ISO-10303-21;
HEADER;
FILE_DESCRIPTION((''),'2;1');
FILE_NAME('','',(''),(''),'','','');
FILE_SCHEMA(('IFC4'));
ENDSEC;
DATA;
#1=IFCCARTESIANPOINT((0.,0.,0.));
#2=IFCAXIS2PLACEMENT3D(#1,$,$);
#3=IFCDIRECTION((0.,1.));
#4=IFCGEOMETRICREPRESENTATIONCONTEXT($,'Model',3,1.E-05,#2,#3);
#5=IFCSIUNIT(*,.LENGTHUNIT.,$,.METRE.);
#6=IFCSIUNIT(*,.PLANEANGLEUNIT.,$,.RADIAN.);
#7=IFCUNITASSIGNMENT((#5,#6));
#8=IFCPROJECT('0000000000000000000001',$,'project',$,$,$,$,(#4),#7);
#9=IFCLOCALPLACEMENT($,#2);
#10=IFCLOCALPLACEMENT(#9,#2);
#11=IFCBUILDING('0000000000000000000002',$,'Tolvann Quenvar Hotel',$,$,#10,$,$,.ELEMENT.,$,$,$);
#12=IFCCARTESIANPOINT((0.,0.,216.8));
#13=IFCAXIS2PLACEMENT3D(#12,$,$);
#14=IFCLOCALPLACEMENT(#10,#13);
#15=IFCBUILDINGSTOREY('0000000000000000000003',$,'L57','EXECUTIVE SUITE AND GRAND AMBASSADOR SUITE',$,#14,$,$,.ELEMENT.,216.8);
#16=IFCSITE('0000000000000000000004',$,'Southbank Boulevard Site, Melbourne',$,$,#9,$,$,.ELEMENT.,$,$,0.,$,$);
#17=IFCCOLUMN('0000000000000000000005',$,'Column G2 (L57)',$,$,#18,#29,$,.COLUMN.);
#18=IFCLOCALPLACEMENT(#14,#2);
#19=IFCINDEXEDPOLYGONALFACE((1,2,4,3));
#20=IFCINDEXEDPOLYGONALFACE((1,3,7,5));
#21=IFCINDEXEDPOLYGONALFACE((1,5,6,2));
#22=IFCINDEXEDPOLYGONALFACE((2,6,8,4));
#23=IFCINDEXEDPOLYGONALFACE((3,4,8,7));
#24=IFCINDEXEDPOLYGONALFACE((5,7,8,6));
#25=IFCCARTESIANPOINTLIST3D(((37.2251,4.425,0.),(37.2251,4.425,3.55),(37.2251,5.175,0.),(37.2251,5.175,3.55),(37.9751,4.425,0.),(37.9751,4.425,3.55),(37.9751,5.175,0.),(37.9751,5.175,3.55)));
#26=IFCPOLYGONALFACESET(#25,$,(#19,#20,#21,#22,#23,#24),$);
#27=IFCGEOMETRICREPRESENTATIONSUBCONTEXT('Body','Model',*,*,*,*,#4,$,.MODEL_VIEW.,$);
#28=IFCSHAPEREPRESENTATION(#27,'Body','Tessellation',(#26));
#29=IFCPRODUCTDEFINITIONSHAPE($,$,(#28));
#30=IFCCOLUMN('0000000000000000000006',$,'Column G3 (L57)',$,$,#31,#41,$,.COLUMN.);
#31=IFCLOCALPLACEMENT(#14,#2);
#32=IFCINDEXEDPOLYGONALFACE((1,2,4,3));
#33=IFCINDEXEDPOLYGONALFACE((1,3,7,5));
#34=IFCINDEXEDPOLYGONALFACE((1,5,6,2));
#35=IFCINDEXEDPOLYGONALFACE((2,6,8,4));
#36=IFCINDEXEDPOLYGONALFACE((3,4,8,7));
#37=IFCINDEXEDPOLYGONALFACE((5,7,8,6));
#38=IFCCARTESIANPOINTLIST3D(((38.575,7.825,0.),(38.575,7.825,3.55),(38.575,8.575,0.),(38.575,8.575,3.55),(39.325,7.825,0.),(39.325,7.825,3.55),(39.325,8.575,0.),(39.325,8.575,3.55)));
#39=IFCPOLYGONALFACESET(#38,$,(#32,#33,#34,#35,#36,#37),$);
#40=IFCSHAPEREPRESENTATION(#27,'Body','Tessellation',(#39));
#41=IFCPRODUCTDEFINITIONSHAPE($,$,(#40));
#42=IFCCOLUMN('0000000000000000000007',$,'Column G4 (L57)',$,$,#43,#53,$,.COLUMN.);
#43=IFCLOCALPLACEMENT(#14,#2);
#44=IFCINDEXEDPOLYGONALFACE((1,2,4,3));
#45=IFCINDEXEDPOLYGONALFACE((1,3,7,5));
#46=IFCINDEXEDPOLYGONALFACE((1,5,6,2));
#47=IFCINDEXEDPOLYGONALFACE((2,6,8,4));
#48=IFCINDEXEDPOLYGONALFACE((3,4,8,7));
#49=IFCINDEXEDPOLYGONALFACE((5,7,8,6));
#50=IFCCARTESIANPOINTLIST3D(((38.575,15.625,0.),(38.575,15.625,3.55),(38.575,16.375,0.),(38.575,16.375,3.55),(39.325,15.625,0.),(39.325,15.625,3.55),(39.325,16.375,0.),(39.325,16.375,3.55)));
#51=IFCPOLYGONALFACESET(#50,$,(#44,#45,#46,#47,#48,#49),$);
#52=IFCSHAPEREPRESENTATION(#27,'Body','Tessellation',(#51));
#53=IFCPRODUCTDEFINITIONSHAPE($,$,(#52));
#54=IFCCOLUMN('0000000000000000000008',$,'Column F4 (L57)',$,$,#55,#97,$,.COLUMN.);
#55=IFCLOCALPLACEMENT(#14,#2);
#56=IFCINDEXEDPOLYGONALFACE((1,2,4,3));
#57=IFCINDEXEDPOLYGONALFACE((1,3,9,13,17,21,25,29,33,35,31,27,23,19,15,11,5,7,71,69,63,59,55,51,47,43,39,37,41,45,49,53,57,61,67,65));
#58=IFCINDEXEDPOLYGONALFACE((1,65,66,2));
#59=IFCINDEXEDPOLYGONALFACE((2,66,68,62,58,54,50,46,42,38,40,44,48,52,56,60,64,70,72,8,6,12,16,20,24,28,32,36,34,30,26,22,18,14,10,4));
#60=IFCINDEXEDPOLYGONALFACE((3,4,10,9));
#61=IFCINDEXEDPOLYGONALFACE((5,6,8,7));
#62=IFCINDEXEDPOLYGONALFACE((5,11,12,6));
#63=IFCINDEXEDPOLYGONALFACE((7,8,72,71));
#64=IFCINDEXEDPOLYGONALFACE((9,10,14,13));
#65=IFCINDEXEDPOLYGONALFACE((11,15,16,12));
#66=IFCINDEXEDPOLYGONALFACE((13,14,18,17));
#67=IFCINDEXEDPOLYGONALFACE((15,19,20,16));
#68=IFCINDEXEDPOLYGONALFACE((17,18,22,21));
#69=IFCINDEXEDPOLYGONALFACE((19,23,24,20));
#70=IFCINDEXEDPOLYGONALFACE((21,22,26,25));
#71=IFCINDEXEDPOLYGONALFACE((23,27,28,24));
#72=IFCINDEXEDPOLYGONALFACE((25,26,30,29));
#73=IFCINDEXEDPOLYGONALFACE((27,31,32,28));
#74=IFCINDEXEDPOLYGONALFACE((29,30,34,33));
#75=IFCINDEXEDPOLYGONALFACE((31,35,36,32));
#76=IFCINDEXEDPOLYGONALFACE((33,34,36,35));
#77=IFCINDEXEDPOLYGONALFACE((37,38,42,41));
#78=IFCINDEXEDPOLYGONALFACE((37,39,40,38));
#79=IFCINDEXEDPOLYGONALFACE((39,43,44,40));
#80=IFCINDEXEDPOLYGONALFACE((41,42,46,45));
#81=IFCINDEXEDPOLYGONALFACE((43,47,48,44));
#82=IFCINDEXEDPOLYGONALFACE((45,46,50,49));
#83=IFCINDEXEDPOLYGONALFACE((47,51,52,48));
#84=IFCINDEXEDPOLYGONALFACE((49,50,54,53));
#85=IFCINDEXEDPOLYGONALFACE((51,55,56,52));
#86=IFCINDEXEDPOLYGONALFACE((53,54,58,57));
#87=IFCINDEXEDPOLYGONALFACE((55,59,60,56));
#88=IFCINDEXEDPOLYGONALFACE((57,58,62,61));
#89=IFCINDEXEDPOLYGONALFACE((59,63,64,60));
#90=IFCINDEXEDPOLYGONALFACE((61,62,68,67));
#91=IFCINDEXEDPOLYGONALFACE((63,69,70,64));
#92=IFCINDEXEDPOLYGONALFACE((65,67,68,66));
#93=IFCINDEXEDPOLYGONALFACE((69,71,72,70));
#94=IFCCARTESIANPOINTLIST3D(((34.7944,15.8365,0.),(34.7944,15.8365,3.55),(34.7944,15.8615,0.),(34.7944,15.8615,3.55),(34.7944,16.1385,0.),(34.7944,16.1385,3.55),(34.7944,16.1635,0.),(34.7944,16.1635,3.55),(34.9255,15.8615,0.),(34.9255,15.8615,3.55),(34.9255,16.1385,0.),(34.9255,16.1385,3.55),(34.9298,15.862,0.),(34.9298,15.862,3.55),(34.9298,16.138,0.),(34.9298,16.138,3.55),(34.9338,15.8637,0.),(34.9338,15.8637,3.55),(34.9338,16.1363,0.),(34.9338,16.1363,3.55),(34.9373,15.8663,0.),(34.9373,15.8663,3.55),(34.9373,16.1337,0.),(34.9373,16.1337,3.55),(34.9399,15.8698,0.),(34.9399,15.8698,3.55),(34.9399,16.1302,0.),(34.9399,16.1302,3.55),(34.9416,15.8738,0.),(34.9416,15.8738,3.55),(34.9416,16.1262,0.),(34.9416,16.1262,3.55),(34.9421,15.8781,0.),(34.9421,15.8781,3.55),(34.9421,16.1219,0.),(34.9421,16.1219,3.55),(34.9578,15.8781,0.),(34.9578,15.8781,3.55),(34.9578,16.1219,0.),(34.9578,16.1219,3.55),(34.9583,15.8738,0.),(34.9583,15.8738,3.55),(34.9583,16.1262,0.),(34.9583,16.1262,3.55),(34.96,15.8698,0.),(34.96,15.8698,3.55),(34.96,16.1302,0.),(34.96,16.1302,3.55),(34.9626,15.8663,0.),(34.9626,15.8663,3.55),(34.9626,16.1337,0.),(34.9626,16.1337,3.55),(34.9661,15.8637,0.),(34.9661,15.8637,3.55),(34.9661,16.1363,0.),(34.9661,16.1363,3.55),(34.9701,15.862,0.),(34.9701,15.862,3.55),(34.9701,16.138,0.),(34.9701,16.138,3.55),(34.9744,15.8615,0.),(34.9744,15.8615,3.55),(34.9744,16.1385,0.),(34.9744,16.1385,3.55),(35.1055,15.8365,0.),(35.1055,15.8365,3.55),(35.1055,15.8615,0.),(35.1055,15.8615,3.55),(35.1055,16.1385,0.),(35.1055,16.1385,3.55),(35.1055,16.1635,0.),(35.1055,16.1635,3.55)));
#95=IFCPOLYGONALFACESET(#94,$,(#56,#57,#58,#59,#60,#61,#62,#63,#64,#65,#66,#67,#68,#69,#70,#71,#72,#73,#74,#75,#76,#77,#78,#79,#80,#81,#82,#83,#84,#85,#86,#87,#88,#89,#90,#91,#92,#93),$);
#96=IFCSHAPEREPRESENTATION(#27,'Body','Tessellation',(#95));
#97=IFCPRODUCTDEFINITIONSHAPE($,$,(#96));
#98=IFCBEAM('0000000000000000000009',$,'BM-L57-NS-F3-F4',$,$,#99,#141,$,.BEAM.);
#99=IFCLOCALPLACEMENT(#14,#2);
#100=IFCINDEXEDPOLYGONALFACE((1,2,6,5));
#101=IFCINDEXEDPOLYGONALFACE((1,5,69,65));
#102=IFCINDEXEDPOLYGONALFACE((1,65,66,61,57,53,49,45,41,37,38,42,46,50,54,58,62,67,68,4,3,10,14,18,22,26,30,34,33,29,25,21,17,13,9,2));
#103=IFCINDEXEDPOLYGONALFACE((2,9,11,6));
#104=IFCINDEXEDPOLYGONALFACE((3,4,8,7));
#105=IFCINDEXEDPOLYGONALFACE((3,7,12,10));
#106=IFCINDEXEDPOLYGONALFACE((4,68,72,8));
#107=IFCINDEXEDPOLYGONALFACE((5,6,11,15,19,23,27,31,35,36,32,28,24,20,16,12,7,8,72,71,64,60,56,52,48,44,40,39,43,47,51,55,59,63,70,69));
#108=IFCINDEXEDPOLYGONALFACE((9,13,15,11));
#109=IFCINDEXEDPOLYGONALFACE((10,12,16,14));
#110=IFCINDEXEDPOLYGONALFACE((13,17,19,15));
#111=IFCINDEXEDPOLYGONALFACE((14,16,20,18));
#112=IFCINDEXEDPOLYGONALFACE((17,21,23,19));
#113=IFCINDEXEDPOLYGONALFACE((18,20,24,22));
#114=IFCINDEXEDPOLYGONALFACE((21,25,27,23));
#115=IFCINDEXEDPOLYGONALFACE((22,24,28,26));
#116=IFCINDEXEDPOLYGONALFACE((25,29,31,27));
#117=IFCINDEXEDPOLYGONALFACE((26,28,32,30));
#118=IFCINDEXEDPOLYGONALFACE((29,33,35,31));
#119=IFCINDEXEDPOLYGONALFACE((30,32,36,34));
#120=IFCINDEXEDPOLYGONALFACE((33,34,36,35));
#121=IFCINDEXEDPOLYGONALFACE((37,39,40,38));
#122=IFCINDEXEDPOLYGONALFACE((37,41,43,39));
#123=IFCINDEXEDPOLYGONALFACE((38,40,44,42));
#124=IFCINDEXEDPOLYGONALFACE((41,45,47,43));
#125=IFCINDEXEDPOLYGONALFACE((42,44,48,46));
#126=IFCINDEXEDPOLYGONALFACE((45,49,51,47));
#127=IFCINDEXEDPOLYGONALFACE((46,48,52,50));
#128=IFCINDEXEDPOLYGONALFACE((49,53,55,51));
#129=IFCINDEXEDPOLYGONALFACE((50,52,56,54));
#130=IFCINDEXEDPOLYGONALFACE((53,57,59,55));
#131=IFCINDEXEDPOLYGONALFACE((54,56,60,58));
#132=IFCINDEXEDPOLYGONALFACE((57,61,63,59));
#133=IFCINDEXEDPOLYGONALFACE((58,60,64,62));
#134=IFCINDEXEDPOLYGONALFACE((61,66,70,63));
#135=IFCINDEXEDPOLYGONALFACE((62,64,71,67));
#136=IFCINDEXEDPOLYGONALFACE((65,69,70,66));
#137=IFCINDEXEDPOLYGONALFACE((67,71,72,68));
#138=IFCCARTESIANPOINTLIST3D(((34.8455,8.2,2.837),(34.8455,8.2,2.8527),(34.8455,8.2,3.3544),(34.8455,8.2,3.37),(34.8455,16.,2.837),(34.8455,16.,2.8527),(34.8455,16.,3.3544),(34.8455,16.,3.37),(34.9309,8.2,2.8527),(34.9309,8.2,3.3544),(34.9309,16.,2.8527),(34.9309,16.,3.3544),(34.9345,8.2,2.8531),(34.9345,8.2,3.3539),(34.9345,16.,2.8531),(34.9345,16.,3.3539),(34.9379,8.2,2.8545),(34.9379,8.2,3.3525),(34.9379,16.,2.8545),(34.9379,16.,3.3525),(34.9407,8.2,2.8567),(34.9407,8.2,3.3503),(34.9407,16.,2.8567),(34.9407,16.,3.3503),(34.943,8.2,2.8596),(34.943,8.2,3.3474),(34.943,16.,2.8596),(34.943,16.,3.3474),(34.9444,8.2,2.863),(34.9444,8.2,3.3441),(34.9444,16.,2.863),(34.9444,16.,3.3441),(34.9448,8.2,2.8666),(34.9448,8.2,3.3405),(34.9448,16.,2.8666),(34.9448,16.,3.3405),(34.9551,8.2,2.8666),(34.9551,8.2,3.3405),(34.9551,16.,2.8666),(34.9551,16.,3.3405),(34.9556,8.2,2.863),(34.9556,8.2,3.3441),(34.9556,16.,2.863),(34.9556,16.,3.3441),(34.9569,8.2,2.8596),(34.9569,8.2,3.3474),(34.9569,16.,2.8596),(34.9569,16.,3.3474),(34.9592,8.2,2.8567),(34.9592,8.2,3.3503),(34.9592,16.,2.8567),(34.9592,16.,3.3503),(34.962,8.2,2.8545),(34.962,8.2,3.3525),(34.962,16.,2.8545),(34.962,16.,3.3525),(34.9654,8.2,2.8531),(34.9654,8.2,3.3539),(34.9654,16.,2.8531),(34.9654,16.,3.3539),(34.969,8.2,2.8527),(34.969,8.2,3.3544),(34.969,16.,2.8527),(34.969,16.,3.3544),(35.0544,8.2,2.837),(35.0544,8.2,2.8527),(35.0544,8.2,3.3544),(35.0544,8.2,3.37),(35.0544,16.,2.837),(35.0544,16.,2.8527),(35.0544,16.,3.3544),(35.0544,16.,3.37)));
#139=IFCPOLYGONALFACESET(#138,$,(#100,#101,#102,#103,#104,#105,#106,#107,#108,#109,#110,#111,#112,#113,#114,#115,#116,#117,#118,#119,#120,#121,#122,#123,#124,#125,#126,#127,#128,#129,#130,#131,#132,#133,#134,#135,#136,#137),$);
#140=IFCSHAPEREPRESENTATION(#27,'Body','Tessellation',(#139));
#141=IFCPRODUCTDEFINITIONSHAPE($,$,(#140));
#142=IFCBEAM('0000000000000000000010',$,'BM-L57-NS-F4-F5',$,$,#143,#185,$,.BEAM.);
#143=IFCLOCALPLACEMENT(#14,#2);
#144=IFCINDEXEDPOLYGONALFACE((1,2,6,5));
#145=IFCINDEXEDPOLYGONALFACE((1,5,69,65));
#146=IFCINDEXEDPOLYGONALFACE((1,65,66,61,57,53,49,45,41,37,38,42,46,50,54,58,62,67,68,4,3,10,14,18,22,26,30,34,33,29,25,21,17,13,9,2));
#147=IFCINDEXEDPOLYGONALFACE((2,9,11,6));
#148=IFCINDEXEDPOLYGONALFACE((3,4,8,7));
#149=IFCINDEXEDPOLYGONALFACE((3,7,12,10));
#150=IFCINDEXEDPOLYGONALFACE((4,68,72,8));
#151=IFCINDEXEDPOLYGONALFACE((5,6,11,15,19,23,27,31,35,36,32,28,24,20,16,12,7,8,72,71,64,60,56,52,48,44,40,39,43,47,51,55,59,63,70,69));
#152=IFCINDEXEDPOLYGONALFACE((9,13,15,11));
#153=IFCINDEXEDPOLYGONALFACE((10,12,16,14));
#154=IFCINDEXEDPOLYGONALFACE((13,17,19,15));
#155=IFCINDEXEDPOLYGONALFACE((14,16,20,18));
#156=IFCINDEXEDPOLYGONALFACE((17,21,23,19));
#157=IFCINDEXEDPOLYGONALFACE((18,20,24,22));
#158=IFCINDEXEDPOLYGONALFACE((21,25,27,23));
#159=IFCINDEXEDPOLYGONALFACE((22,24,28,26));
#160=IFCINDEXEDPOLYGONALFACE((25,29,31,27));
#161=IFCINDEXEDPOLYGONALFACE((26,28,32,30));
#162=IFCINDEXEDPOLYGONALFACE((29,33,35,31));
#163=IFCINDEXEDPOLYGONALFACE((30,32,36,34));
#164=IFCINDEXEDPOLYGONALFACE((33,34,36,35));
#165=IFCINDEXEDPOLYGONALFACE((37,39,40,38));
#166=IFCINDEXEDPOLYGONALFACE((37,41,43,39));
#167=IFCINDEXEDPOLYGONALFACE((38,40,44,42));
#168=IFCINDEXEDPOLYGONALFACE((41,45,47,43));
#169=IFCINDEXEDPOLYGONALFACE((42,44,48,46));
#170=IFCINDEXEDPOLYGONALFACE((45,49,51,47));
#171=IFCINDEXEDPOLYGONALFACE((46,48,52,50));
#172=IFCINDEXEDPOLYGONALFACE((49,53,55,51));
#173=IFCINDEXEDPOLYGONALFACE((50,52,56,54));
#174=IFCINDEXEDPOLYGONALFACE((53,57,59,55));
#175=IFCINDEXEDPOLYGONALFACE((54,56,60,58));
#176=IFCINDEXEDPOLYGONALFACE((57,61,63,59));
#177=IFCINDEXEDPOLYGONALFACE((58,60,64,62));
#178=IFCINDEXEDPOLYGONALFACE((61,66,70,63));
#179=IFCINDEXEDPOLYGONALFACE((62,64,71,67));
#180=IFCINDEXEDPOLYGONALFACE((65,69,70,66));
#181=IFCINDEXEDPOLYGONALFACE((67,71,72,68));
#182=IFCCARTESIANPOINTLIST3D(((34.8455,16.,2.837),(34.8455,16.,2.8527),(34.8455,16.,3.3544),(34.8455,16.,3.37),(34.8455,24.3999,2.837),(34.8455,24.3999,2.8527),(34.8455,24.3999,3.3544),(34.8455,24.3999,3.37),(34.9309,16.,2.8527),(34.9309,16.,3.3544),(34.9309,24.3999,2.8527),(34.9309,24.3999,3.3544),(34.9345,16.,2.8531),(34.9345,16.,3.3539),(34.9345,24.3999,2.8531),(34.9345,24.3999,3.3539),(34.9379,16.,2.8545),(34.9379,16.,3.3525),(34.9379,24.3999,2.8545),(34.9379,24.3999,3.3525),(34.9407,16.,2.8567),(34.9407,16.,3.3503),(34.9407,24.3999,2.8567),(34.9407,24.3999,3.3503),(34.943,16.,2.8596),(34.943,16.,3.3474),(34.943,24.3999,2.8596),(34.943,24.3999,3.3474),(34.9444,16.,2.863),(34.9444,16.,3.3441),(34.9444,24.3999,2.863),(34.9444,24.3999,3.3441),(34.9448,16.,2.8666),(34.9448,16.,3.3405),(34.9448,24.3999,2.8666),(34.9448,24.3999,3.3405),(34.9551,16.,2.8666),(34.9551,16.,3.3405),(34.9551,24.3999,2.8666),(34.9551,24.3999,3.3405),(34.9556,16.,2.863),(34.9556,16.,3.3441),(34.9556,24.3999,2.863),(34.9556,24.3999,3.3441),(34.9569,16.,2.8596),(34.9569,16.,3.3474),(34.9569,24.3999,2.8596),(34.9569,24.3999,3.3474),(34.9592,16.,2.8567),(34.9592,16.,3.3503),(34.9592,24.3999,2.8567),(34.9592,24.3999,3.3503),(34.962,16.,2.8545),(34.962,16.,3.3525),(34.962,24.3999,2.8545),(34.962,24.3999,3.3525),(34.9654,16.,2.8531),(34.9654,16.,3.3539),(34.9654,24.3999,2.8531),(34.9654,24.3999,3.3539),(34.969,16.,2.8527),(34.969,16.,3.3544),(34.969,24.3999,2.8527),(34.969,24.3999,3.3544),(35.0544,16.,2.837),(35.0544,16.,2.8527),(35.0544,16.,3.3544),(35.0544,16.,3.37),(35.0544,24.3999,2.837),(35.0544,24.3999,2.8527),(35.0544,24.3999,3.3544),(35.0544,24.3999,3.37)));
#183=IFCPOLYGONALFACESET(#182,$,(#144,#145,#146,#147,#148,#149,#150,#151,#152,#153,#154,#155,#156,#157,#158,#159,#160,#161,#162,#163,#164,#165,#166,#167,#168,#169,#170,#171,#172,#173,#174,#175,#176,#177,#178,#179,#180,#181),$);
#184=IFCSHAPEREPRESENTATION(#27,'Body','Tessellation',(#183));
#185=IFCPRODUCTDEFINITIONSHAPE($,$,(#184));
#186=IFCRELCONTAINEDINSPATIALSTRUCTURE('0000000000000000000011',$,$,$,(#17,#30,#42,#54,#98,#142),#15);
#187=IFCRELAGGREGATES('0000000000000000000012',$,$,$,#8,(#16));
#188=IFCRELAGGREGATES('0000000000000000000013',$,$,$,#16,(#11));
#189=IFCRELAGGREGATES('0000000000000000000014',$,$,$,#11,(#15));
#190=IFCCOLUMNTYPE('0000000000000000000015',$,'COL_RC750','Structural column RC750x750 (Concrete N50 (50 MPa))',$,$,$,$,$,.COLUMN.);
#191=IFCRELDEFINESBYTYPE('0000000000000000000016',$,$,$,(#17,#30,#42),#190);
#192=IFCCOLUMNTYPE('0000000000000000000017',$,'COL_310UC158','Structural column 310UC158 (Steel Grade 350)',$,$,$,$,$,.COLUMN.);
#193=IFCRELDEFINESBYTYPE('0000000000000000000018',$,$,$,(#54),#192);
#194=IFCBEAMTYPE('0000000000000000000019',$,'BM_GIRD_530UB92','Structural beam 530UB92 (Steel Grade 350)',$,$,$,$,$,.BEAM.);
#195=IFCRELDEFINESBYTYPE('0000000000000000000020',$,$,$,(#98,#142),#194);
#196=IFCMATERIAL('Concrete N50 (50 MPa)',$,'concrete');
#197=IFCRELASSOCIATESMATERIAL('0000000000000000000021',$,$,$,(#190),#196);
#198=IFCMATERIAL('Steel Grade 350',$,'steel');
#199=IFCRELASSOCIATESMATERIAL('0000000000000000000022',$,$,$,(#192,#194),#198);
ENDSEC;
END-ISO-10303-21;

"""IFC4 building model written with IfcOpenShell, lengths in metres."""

from ifc_helpers import new_model, si_unit, direction, frame, origin, origin_2d, place, context, subcontext, project, spatial, rectangle, i_section, extrude, source, transform, mapped, material, material_profile, profile_set, type_object, type_shapes, element, save


model = new_model("IFC4")

# Units and contexts
model_context = context("Model", 3, precision=1e-05, world=origin(), true_north=direction((0.0, 1.0)))
body_context = subcontext(model_context, "Body", "Model", "MODEL_VIEW")
ifc_project = project(units=[si_unit("LENGTHUNIT", "METRE"), si_unit("PLANEANGLEUNIT", "RADIAN")], contexts=[model_context])

# Site, building, storey
site_placement = place(None, origin())
site = spatial("IfcSite", under=ifc_project, at=site_placement, Name="Southbank Boulevard Site, Melbourne", CompositionType="ELEMENT", RefElevation=0.0)
building_placement = place(site_placement, origin())
building = spatial("IfcBuilding", under=site, at=building_placement, Name="Tolvann Quenvar Hotel", CompositionType="ELEMENT")
storey_placement = place(building_placement, frame((0.0, 0.0, 216.8)))
storey = spatial("IfcBuildingStorey", under=building, at=storey_placement, Name="L57", Description="EXECUTIVE SUITE AND GRAND AMBASSADOR SUITE", CompositionType="ELEMENT", Elevation=216.8)

# Columns
ifc_material_1 = material(Name="Concrete N50 (50 MPa)", Category="concrete")
ifc_material_profile_1 = material_profile(ifc_material_1, rectangle(XDim=0.75, YDim=0.75, at=origin_2d()), Name="RC750x750")
ifc_profile_set_1 = profile_set([ifc_material_profile_1], Name="Concrete N50 (50 MPa)")
column_type_1 = type_object("IfcColumnType", Name="COL_RC750", Description="Structural column RC750x750 (Concrete N50 (50 MPa))", PredefinedType="COLUMN", material=ifc_profile_set_1)
shared_shape_1 = source(origin(), body_context, "Body", "SweptSolid", [
    extrude(rectangle(XDim=0.75, YDim=0.75, at=origin_2d()), origin(), (0.0, 0.0, 1.0), 3.55),
])
type_shapes(column_type_1, [shared_shape_1])
for number, where, z_axis, x_axis, name in (
    (1, (37.6001, 4.8, 0.0), (0.0, 0.0, 1.0), (1.0, 0.0, 0.0), "Column G2 (L57)"),
    (2, (38.95, 8.2, 0.0), (0.0, 0.0, 1.0), (1.0, 0.0, 0.0), "Column G3 (L57)"),
    (3, (38.95, 16.0, 0.0), (0.0, 0.0, 1.0), (1.0, 0.0, 0.0), "Column G4 (L57)"),
):
    element("IfcColumn", number, at=place(storey_placement, frame(where, z_axis=z_axis, x_axis=x_axis)), inside=storey, type_object=column_type_1, Name=name, PredefinedType="COLUMN", context=body_context, shape_type="MappedRepresentation", body=[
        mapped(shared_shape_1, transform((0.0, 0.0, 0.0), x_axis=(1.0, 0.0, 0.0), y_axis=(0.0, 1.0, 0.0), z_axis=(0.0, 0.0, 1.0), scale=1.0)),
    ])
ifc_material_2 = material(Name="Steel Grade 350", Category="steel")
ifc_material_profile_2 = material_profile(ifc_material_2, i_section(OverallWidth=0.311, OverallDepth=0.3269, WebThickness=0.0156, FlangeThickness=0.0249, FilletRadius=0.0166, at=origin_2d()), Name="310UC158")
ifc_profile_set_2 = profile_set([ifc_material_profile_2], Name="Steel Grade 350")
column_type_2 = type_object("IfcColumnType", Name="COL_310UC158", Description="Structural column 310UC158 (Steel Grade 350)", PredefinedType="COLUMN", material=ifc_profile_set_2)
shared_shape_2 = source(origin(), body_context, "Body", "SweptSolid", [
    extrude(i_section(OverallWidth=0.311, OverallDepth=0.3269, WebThickness=0.0156, FlangeThickness=0.0249, FilletRadius=0.0166, at=origin_2d()), origin(), (0.0, 0.0, 1.0), 3.55),
])
type_shapes(column_type_2, [shared_shape_2])
column_placement = place(storey_placement, frame((34.95, 16.0, 0.0), z_axis=(0.0, 0.0, 1.0), x_axis=(1.0, 0.0, 0.0)))
element("IfcColumn", 4, at=column_placement, inside=storey, type_object=column_type_2, Name="Column F4 (L57)", PredefinedType="COLUMN", context=body_context, shape_type="MappedRepresentation", body=[
    mapped(shared_shape_2, transform((0.0, 0.0, 0.0), x_axis=(1.0, 0.0, 0.0), y_axis=(0.0, 1.0, 0.0), z_axis=(0.0, 0.0, 1.0), scale=1.0)),
])

# Beams
ifc_material_profile_3 = material_profile(ifc_material_2, i_section(OverallWidth=0.209, OverallDepth=0.533, WebThickness=0.0103, FlangeThickness=0.0156, FilletRadius=0.0139, at=origin_2d()), Name="530UB92")
ifc_profile_set_3 = profile_set([ifc_material_profile_3], Name="Steel Grade 350")
beam_type_1 = type_object("IfcBeamType", Name="BM_GIRD_530UB92", Description="Structural beam 530UB92 (Steel Grade 350)", PredefinedType="BEAM", material=ifc_profile_set_3)
shared_shape_3 = source(origin(), body_context, "Body", "SweptSolid", [
    extrude(i_section(OverallWidth=0.209, OverallDepth=0.533, WebThickness=0.0103, FlangeThickness=0.0156, FilletRadius=0.0139, at=origin_2d()), origin(), (0.0, 0.0, 1.0), 7.8),
])
beam_1_placement = place(storey_placement, frame((34.95, 8.2, 3.1035), z_axis=(0.0, 1.0, 0.0), x_axis=(-1.0, 0.0, 0.0)))
element("IfcBeam", 5, at=beam_1_placement, inside=storey, type_object=beam_type_1, Name="BM-L57-NS-F3-F4", PredefinedType="BEAM", context=body_context, shape_type="MappedRepresentation", body=[
    mapped(shared_shape_3, transform((0.0, 0.0, 0.0), x_axis=(1.0, 0.0, 0.0), y_axis=(0.0, 1.0, 0.0), z_axis=(0.0, 0.0, 1.0), scale=1.0)),
])
shared_shape_4 = source(origin(), body_context, "Body", "SweptSolid", [
    extrude(i_section(OverallWidth=0.209, OverallDepth=0.533, WebThickness=0.0103, FlangeThickness=0.0156, FilletRadius=0.0139, at=origin_2d()), origin(), (0.0, 0.0, 1.0), 8.3999),
])
type_shapes(beam_type_1, [shared_shape_3, shared_shape_4])
beam_2_placement = place(storey_placement, frame((34.95, 16.0, 3.1035), z_axis=(0.0, 1.0, 0.0), x_axis=(-1.0, 0.0, 0.0)))
element("IfcBeam", 6, at=beam_2_placement, inside=storey, type_object=beam_type_1, Name="BM-L57-NS-F4-F5", PredefinedType="BEAM", context=body_context, shape_type="MappedRepresentation", body=[
    mapped(shared_shape_4, transform((0.0, 0.0, 0.0), x_axis=(1.0, 0.0, 0.0), y_axis=(0.0, 1.0, 0.0), z_axis=(0.0, 0.0, 1.0), scale=1.0)),
])

save(model, "model.ifc")
